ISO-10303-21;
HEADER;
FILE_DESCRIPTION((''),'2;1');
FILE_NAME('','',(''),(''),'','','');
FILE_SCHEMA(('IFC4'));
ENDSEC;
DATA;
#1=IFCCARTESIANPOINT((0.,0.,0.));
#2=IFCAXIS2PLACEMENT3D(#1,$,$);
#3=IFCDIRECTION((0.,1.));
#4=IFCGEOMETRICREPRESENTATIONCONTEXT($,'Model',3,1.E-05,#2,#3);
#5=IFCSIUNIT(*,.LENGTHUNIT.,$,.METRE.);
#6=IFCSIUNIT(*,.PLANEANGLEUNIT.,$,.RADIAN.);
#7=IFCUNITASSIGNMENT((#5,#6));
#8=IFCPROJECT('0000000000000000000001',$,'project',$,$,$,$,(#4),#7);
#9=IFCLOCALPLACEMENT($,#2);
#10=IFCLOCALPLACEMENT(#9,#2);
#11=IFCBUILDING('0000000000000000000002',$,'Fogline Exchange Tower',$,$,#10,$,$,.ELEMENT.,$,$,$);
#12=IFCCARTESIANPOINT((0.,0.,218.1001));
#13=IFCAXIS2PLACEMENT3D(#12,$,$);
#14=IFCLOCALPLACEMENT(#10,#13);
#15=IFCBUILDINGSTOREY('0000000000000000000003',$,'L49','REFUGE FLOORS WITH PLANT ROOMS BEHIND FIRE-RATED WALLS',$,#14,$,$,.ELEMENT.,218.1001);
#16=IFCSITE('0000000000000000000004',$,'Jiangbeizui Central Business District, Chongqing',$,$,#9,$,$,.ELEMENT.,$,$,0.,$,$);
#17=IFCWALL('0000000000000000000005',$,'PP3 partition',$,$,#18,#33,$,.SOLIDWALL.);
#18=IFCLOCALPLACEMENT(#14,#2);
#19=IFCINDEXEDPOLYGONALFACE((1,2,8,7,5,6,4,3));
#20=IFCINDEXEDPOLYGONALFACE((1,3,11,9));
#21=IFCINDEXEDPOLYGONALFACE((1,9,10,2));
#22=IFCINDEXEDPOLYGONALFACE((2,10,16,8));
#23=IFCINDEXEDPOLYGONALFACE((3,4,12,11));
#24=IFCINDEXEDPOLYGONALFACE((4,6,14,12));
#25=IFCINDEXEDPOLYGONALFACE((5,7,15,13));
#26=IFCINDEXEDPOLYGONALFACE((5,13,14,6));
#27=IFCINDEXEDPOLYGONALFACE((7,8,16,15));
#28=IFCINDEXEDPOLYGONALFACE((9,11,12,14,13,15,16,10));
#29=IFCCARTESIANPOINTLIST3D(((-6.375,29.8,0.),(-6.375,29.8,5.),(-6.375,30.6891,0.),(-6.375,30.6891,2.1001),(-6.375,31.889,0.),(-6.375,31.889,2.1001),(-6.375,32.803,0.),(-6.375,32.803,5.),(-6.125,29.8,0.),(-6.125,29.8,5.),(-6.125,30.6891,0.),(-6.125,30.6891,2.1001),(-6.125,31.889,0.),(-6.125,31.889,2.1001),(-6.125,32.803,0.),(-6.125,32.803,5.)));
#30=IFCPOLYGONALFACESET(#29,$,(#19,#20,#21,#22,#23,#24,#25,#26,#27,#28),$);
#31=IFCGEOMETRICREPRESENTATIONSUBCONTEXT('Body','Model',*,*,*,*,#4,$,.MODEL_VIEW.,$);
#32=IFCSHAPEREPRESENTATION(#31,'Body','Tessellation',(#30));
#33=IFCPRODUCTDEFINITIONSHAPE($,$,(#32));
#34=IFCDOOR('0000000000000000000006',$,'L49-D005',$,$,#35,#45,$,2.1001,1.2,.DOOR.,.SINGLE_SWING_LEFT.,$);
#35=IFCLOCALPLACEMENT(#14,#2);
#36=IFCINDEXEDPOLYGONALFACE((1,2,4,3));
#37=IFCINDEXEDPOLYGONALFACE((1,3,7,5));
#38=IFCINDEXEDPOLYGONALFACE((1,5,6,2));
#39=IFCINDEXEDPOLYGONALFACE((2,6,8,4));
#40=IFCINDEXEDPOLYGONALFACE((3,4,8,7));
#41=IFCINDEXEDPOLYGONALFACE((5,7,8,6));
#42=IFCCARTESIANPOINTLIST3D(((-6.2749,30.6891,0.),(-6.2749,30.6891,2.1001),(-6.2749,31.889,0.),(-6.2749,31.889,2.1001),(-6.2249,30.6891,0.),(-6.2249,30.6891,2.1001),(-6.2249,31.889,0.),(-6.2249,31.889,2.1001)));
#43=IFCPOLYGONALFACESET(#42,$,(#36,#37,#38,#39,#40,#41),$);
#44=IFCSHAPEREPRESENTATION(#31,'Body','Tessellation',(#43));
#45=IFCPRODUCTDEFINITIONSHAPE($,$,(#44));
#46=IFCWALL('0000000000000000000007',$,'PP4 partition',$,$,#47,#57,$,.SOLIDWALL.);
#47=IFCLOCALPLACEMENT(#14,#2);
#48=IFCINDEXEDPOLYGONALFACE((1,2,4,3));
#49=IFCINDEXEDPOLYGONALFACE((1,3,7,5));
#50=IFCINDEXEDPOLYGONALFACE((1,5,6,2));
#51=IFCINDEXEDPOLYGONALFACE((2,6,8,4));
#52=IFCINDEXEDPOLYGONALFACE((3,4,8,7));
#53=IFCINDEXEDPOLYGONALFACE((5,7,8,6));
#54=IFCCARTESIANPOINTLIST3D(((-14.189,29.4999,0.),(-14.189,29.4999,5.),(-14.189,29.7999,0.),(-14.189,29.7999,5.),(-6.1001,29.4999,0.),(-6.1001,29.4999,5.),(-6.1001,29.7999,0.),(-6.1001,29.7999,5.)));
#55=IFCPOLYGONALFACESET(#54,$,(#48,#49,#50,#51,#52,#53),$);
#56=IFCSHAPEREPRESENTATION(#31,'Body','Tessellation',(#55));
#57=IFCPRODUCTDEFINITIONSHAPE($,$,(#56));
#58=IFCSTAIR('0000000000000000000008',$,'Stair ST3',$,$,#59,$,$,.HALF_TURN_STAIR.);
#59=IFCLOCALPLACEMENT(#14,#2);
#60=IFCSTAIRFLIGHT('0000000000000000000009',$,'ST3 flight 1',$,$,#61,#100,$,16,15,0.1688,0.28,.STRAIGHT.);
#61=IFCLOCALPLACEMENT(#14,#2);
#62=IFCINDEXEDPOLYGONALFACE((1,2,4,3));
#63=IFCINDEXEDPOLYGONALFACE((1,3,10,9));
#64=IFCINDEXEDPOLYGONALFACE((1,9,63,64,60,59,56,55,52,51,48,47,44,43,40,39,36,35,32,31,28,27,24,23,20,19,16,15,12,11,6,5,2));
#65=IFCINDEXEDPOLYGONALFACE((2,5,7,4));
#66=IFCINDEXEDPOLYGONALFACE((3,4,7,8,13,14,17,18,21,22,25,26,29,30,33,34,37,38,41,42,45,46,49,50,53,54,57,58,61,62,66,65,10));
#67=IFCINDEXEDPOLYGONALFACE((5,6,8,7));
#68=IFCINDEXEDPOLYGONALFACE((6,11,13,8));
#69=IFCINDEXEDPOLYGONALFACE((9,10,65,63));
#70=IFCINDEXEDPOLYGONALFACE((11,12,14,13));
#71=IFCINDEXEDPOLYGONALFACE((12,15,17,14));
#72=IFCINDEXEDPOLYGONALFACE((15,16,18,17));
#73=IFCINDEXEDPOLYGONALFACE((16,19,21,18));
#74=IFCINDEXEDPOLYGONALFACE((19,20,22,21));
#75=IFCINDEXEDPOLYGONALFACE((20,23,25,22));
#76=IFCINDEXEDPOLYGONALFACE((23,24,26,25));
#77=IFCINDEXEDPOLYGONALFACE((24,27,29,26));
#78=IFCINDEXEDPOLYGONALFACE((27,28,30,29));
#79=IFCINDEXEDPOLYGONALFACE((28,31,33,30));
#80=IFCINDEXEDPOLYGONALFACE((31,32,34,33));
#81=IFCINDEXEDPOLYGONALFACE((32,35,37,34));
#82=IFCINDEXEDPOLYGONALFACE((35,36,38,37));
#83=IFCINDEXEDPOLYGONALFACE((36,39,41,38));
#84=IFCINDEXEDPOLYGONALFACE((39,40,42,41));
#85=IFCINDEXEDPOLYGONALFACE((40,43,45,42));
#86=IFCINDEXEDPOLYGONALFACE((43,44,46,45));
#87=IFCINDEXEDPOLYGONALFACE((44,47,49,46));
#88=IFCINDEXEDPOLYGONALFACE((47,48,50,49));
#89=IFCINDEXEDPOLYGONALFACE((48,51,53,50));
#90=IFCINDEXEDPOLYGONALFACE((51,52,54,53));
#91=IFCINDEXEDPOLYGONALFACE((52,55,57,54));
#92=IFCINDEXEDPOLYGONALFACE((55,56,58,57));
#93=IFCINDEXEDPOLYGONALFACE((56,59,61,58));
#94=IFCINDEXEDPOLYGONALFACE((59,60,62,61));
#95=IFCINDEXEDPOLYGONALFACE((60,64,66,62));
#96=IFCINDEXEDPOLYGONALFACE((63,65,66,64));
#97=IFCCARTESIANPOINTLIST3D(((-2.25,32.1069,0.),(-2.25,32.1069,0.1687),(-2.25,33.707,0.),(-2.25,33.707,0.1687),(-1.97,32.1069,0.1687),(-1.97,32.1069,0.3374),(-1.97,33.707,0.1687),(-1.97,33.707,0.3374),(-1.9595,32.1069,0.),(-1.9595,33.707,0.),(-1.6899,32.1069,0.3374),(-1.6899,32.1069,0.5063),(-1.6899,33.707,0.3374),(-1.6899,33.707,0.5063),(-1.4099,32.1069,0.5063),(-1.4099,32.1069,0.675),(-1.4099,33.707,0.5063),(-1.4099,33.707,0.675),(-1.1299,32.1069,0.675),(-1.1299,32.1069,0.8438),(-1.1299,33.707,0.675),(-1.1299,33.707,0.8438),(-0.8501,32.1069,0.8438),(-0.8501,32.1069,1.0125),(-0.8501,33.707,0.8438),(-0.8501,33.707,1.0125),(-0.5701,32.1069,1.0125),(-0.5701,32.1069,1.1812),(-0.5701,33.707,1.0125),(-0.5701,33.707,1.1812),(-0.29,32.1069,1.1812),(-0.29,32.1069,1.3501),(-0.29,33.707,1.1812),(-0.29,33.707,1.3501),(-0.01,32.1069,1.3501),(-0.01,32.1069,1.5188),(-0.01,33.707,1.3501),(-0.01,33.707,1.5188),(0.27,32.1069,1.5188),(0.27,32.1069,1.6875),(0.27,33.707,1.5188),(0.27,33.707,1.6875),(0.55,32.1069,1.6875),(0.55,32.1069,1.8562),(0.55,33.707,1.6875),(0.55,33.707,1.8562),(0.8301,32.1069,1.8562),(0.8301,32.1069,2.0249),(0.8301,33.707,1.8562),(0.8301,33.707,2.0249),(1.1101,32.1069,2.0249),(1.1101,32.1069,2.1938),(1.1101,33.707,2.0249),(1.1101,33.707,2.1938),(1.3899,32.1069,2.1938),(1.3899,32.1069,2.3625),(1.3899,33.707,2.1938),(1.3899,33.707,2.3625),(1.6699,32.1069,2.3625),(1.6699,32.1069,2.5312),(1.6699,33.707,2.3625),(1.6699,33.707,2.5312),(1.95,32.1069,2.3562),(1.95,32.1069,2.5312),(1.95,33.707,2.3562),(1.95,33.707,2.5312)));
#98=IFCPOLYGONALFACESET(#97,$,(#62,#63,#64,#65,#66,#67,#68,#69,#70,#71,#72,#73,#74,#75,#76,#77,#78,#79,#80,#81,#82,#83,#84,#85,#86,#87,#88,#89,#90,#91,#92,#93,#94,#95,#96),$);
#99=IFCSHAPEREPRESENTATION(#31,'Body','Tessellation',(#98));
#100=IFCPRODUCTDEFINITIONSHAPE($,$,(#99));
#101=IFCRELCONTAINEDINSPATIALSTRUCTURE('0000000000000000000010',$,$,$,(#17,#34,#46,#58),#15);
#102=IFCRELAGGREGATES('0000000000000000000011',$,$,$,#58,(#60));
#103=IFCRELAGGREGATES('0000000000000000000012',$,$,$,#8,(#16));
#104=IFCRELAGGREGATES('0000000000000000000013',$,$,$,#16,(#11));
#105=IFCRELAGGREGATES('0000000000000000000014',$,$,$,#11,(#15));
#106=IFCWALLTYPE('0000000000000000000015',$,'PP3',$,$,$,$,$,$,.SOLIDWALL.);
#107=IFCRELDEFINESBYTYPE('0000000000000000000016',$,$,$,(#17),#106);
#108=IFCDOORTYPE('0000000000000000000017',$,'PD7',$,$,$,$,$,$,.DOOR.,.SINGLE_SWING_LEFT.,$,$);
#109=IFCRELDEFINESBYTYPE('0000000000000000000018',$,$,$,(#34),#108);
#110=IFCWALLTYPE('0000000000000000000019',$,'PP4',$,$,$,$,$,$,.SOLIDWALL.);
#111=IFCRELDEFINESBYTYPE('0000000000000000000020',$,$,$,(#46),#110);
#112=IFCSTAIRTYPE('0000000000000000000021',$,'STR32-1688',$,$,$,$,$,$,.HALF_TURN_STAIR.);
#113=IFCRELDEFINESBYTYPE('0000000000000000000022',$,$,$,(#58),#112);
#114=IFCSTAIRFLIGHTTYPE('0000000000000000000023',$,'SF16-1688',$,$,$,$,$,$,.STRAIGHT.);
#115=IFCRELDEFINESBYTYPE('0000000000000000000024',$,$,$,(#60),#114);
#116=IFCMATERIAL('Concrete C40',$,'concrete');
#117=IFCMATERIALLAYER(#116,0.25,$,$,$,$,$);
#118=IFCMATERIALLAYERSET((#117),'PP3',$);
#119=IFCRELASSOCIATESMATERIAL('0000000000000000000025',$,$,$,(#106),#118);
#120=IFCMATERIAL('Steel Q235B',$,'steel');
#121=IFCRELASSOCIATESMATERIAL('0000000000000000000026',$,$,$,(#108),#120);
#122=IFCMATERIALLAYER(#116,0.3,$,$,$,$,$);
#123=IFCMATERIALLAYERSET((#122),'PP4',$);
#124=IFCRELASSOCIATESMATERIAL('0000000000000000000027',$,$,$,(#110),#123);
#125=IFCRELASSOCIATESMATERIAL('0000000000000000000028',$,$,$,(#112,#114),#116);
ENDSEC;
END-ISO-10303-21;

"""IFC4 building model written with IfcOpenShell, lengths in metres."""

from ifc_helpers import new_model, si_unit, direction, frame, frame_2d, origin, place, context, subcontext, project, spatial, polyline, rectangle, outline, extrude, material, layer, layer_set, type_object, element, fill, aggregate, save


model = new_model("IFC4")

# Units and contexts
model_context = context("Model", 3, precision=1e-05, world=origin(), true_north=direction((0.0, 1.0)))
body_context = subcontext(model_context, "Body", "Model", "MODEL_VIEW")
ifc_project = project(units=[si_unit("LENGTHUNIT", "METRE"), si_unit("PLANEANGLEUNIT", "RADIAN")], contexts=[model_context])

# Site, building, storey
site_placement = place(None, origin())
site = spatial("IfcSite", under=ifc_project, at=site_placement, Name="Jiangbeizui Central Business District, Chongqing", CompositionType="ELEMENT", RefElevation=0.0)
building_placement = place(site_placement, origin())
building = spatial("IfcBuilding", under=site, at=building_placement, Name="Fogline Exchange Tower", CompositionType="ELEMENT")
storey_placement = place(building_placement, frame((0.0, 0.0, 218.1001)))
storey = spatial("IfcBuildingStorey", under=building, at=storey_placement, Name="L49", Description="REFUGE FLOORS WITH PLANT ROOMS BEHIND FIRE-RATED WALLS", CompositionType="ELEMENT", Elevation=218.1001)

# Shared definitions
ifc_material_1 = material(Name="Concrete C40", Category="concrete")

# Shared definitions
ifc_layer_1 = layer(ifc_material_1, 0.25)
ifc_layer_set_1 = layer_set([ifc_layer_1], Name="PP3")
wall_type_1 = type_object("IfcWallType", Name="PP3", PredefinedType="SOLIDWALL", material=ifc_layer_set_1)

# Wall, opening, door
ifc_material_2 = material(Name="Steel Q235B", Category="steel")
door_type_1 = type_object("IfcDoorType", Name="PD7", OperationType="SINGLE_SWING_LEFT", PredefinedType="DOOR", material=ifc_material_2)
wall_1_placement = place(storey_placement, frame((-6.25, 29.8, 0.0), z_axis=(0.0, 0.0, 1.0), x_axis=(0.0, 1.0, 0.0)))
wall_1 = element("IfcWall", 1, at=wall_1_placement, inside=storey, type_object=wall_type_1, Name="PP3 partition", PredefinedType="SOLIDWALL", context=body_context, shape_type="SweptSolid", body=[
    extrude(rectangle(XDim=3.0029, YDim=0.25, at=frame_2d((1.5015, 0.0))), origin(), (0.0, 0.0, 1.0), 5.0),
])
opening_1_placement = place(wall_1_placement, frame((0.8889, 0.0, 0.0)))
opening_1 = element("IfcOpeningElement", 2, at=opening_1_placement, cuts=wall_1, PredefinedType="OPENING", context=body_context, shape_type="SweptSolid", body=[
    extrude(rectangle(XDim=1.2, YDim=2.1001, at=frame_2d((0.6001, 1.05))), frame((0.0, 0.135, 0.0), z_axis=(0.0, -1.0, 0.0), x_axis=(1.0, 0.0, 0.0)), (0.0, 0.0, 1.0), 0.27),
])
door_1_placement = place(opening_1_placement, origin())
door_1 = element("IfcDoor", 3, at=door_1_placement, inside=storey, type_object=door_type_1, Name="L49-D005", OperationType="SINGLE_SWING_LEFT", OverallHeight=2.1001, OverallWidth=1.2, PredefinedType="DOOR", context=body_context, shape_type="SweptSolid", body=[
    extrude(rectangle(XDim=1.2, YDim=2.1001, at=frame_2d((0.6001, 1.05))), frame((0.0, 0.0249, 0.0), z_axis=(0.0, -1.0, 0.0), x_axis=(1.0, 0.0, 0.0)), (0.0, 0.0, 1.0), 0.05),
])
fill(opening_1, door_1)

# Wall
ifc_layer_2 = layer(ifc_material_1, 0.3)
ifc_layer_set_2 = layer_set([ifc_layer_2], Name="PP4")
wall_type_2 = type_object("IfcWallType", Name="PP4", PredefinedType="SOLIDWALL", material=ifc_layer_set_2)
wall_2_placement = place(storey_placement, frame((-14.189, 29.6499, 0.0), z_axis=(0.0, 0.0, 1.0), x_axis=(1.0, 0.0, 0.0)))
element("IfcWall", 4, at=wall_2_placement, inside=storey, type_object=wall_type_2, Name="PP4 partition", PredefinedType="SOLIDWALL", context=body_context, shape_type="SweptSolid", body=[
    extrude(rectangle(XDim=8.0889, YDim=0.3, at=frame_2d((4.0444, 0.0))), origin(), (0.0, 0.0, 1.0), 5.0),
])

# Stair, stair flight
stair_type = type_object("IfcStairType", Name="STR32-1688", PredefinedType="HALF_TURN_STAIR", material=ifc_material_1)
stair_placement = place(storey_placement, origin())
stair = element("IfcStair", 5, at=stair_placement, inside=storey, type_object=stair_type, Name="Stair ST3", PredefinedType="HALF_TURN_STAIR")
stair_flight_type = type_object("IfcStairFlightType", Name="SF16-1688", PredefinedType="STRAIGHT", material=ifc_material_1)
stair_flight_placement = place(storey_placement, frame((-2.25, 32.907, 0.0), z_axis=(0.0, 0.0, 1.0), x_axis=(1.0, 0.0, 0.0)))
stair_flight = element("IfcStairFlight", 6, at=stair_flight_placement, type_object=stair_flight_type, Name="ST3 flight 1", NumberOfRisers=16, NumberOfTreads=15, PredefinedType="STRAIGHT", RiserHeight=0.1688, TreadLength=0.28, context=body_context, shape_type="SweptSolid", body=[
    extrude(outline(polyline([(0.0, 0.0), (0.0, 0.1687), (0.28, 0.1687), (0.28, 0.3374), (0.5601, 0.3374), (0.5601, 0.5063), (0.8401, 0.5063), (0.8401, 0.675), (1.1201, 0.675), (1.1201, 0.8438), (1.3999, 0.8438), (1.3999, 1.0125), (1.6799, 1.0125), (1.6799, 1.1812), (1.96, 1.1812), (1.96, 1.3501), (2.24, 1.3501), (2.24, 1.5188), (2.52, 1.5188), (2.52, 1.6875), (2.8, 1.6875), (2.8, 1.8562), (3.0801, 1.8562), (3.0801, 2.0249), (3.3601, 2.0249), (3.3601, 2.1938), (3.6399, 2.1938), (3.6399, 2.3625), (3.9199, 2.3625), (3.9199, 2.5312), (4.2, 2.5312), (4.2, 2.7), (4.2, 2.3562), (0.2905, 0.0), (0.0, 0.0)])), frame((0.0, 0.8, 0.0), z_axis=(0.0, -1.0, 0.0), x_axis=(1.0, 0.0, 0.0)), (0.0, 0.0, 1.0), 1.6001),
])
aggregate(stair, [stair_flight])

save(model, "model.ifc")
